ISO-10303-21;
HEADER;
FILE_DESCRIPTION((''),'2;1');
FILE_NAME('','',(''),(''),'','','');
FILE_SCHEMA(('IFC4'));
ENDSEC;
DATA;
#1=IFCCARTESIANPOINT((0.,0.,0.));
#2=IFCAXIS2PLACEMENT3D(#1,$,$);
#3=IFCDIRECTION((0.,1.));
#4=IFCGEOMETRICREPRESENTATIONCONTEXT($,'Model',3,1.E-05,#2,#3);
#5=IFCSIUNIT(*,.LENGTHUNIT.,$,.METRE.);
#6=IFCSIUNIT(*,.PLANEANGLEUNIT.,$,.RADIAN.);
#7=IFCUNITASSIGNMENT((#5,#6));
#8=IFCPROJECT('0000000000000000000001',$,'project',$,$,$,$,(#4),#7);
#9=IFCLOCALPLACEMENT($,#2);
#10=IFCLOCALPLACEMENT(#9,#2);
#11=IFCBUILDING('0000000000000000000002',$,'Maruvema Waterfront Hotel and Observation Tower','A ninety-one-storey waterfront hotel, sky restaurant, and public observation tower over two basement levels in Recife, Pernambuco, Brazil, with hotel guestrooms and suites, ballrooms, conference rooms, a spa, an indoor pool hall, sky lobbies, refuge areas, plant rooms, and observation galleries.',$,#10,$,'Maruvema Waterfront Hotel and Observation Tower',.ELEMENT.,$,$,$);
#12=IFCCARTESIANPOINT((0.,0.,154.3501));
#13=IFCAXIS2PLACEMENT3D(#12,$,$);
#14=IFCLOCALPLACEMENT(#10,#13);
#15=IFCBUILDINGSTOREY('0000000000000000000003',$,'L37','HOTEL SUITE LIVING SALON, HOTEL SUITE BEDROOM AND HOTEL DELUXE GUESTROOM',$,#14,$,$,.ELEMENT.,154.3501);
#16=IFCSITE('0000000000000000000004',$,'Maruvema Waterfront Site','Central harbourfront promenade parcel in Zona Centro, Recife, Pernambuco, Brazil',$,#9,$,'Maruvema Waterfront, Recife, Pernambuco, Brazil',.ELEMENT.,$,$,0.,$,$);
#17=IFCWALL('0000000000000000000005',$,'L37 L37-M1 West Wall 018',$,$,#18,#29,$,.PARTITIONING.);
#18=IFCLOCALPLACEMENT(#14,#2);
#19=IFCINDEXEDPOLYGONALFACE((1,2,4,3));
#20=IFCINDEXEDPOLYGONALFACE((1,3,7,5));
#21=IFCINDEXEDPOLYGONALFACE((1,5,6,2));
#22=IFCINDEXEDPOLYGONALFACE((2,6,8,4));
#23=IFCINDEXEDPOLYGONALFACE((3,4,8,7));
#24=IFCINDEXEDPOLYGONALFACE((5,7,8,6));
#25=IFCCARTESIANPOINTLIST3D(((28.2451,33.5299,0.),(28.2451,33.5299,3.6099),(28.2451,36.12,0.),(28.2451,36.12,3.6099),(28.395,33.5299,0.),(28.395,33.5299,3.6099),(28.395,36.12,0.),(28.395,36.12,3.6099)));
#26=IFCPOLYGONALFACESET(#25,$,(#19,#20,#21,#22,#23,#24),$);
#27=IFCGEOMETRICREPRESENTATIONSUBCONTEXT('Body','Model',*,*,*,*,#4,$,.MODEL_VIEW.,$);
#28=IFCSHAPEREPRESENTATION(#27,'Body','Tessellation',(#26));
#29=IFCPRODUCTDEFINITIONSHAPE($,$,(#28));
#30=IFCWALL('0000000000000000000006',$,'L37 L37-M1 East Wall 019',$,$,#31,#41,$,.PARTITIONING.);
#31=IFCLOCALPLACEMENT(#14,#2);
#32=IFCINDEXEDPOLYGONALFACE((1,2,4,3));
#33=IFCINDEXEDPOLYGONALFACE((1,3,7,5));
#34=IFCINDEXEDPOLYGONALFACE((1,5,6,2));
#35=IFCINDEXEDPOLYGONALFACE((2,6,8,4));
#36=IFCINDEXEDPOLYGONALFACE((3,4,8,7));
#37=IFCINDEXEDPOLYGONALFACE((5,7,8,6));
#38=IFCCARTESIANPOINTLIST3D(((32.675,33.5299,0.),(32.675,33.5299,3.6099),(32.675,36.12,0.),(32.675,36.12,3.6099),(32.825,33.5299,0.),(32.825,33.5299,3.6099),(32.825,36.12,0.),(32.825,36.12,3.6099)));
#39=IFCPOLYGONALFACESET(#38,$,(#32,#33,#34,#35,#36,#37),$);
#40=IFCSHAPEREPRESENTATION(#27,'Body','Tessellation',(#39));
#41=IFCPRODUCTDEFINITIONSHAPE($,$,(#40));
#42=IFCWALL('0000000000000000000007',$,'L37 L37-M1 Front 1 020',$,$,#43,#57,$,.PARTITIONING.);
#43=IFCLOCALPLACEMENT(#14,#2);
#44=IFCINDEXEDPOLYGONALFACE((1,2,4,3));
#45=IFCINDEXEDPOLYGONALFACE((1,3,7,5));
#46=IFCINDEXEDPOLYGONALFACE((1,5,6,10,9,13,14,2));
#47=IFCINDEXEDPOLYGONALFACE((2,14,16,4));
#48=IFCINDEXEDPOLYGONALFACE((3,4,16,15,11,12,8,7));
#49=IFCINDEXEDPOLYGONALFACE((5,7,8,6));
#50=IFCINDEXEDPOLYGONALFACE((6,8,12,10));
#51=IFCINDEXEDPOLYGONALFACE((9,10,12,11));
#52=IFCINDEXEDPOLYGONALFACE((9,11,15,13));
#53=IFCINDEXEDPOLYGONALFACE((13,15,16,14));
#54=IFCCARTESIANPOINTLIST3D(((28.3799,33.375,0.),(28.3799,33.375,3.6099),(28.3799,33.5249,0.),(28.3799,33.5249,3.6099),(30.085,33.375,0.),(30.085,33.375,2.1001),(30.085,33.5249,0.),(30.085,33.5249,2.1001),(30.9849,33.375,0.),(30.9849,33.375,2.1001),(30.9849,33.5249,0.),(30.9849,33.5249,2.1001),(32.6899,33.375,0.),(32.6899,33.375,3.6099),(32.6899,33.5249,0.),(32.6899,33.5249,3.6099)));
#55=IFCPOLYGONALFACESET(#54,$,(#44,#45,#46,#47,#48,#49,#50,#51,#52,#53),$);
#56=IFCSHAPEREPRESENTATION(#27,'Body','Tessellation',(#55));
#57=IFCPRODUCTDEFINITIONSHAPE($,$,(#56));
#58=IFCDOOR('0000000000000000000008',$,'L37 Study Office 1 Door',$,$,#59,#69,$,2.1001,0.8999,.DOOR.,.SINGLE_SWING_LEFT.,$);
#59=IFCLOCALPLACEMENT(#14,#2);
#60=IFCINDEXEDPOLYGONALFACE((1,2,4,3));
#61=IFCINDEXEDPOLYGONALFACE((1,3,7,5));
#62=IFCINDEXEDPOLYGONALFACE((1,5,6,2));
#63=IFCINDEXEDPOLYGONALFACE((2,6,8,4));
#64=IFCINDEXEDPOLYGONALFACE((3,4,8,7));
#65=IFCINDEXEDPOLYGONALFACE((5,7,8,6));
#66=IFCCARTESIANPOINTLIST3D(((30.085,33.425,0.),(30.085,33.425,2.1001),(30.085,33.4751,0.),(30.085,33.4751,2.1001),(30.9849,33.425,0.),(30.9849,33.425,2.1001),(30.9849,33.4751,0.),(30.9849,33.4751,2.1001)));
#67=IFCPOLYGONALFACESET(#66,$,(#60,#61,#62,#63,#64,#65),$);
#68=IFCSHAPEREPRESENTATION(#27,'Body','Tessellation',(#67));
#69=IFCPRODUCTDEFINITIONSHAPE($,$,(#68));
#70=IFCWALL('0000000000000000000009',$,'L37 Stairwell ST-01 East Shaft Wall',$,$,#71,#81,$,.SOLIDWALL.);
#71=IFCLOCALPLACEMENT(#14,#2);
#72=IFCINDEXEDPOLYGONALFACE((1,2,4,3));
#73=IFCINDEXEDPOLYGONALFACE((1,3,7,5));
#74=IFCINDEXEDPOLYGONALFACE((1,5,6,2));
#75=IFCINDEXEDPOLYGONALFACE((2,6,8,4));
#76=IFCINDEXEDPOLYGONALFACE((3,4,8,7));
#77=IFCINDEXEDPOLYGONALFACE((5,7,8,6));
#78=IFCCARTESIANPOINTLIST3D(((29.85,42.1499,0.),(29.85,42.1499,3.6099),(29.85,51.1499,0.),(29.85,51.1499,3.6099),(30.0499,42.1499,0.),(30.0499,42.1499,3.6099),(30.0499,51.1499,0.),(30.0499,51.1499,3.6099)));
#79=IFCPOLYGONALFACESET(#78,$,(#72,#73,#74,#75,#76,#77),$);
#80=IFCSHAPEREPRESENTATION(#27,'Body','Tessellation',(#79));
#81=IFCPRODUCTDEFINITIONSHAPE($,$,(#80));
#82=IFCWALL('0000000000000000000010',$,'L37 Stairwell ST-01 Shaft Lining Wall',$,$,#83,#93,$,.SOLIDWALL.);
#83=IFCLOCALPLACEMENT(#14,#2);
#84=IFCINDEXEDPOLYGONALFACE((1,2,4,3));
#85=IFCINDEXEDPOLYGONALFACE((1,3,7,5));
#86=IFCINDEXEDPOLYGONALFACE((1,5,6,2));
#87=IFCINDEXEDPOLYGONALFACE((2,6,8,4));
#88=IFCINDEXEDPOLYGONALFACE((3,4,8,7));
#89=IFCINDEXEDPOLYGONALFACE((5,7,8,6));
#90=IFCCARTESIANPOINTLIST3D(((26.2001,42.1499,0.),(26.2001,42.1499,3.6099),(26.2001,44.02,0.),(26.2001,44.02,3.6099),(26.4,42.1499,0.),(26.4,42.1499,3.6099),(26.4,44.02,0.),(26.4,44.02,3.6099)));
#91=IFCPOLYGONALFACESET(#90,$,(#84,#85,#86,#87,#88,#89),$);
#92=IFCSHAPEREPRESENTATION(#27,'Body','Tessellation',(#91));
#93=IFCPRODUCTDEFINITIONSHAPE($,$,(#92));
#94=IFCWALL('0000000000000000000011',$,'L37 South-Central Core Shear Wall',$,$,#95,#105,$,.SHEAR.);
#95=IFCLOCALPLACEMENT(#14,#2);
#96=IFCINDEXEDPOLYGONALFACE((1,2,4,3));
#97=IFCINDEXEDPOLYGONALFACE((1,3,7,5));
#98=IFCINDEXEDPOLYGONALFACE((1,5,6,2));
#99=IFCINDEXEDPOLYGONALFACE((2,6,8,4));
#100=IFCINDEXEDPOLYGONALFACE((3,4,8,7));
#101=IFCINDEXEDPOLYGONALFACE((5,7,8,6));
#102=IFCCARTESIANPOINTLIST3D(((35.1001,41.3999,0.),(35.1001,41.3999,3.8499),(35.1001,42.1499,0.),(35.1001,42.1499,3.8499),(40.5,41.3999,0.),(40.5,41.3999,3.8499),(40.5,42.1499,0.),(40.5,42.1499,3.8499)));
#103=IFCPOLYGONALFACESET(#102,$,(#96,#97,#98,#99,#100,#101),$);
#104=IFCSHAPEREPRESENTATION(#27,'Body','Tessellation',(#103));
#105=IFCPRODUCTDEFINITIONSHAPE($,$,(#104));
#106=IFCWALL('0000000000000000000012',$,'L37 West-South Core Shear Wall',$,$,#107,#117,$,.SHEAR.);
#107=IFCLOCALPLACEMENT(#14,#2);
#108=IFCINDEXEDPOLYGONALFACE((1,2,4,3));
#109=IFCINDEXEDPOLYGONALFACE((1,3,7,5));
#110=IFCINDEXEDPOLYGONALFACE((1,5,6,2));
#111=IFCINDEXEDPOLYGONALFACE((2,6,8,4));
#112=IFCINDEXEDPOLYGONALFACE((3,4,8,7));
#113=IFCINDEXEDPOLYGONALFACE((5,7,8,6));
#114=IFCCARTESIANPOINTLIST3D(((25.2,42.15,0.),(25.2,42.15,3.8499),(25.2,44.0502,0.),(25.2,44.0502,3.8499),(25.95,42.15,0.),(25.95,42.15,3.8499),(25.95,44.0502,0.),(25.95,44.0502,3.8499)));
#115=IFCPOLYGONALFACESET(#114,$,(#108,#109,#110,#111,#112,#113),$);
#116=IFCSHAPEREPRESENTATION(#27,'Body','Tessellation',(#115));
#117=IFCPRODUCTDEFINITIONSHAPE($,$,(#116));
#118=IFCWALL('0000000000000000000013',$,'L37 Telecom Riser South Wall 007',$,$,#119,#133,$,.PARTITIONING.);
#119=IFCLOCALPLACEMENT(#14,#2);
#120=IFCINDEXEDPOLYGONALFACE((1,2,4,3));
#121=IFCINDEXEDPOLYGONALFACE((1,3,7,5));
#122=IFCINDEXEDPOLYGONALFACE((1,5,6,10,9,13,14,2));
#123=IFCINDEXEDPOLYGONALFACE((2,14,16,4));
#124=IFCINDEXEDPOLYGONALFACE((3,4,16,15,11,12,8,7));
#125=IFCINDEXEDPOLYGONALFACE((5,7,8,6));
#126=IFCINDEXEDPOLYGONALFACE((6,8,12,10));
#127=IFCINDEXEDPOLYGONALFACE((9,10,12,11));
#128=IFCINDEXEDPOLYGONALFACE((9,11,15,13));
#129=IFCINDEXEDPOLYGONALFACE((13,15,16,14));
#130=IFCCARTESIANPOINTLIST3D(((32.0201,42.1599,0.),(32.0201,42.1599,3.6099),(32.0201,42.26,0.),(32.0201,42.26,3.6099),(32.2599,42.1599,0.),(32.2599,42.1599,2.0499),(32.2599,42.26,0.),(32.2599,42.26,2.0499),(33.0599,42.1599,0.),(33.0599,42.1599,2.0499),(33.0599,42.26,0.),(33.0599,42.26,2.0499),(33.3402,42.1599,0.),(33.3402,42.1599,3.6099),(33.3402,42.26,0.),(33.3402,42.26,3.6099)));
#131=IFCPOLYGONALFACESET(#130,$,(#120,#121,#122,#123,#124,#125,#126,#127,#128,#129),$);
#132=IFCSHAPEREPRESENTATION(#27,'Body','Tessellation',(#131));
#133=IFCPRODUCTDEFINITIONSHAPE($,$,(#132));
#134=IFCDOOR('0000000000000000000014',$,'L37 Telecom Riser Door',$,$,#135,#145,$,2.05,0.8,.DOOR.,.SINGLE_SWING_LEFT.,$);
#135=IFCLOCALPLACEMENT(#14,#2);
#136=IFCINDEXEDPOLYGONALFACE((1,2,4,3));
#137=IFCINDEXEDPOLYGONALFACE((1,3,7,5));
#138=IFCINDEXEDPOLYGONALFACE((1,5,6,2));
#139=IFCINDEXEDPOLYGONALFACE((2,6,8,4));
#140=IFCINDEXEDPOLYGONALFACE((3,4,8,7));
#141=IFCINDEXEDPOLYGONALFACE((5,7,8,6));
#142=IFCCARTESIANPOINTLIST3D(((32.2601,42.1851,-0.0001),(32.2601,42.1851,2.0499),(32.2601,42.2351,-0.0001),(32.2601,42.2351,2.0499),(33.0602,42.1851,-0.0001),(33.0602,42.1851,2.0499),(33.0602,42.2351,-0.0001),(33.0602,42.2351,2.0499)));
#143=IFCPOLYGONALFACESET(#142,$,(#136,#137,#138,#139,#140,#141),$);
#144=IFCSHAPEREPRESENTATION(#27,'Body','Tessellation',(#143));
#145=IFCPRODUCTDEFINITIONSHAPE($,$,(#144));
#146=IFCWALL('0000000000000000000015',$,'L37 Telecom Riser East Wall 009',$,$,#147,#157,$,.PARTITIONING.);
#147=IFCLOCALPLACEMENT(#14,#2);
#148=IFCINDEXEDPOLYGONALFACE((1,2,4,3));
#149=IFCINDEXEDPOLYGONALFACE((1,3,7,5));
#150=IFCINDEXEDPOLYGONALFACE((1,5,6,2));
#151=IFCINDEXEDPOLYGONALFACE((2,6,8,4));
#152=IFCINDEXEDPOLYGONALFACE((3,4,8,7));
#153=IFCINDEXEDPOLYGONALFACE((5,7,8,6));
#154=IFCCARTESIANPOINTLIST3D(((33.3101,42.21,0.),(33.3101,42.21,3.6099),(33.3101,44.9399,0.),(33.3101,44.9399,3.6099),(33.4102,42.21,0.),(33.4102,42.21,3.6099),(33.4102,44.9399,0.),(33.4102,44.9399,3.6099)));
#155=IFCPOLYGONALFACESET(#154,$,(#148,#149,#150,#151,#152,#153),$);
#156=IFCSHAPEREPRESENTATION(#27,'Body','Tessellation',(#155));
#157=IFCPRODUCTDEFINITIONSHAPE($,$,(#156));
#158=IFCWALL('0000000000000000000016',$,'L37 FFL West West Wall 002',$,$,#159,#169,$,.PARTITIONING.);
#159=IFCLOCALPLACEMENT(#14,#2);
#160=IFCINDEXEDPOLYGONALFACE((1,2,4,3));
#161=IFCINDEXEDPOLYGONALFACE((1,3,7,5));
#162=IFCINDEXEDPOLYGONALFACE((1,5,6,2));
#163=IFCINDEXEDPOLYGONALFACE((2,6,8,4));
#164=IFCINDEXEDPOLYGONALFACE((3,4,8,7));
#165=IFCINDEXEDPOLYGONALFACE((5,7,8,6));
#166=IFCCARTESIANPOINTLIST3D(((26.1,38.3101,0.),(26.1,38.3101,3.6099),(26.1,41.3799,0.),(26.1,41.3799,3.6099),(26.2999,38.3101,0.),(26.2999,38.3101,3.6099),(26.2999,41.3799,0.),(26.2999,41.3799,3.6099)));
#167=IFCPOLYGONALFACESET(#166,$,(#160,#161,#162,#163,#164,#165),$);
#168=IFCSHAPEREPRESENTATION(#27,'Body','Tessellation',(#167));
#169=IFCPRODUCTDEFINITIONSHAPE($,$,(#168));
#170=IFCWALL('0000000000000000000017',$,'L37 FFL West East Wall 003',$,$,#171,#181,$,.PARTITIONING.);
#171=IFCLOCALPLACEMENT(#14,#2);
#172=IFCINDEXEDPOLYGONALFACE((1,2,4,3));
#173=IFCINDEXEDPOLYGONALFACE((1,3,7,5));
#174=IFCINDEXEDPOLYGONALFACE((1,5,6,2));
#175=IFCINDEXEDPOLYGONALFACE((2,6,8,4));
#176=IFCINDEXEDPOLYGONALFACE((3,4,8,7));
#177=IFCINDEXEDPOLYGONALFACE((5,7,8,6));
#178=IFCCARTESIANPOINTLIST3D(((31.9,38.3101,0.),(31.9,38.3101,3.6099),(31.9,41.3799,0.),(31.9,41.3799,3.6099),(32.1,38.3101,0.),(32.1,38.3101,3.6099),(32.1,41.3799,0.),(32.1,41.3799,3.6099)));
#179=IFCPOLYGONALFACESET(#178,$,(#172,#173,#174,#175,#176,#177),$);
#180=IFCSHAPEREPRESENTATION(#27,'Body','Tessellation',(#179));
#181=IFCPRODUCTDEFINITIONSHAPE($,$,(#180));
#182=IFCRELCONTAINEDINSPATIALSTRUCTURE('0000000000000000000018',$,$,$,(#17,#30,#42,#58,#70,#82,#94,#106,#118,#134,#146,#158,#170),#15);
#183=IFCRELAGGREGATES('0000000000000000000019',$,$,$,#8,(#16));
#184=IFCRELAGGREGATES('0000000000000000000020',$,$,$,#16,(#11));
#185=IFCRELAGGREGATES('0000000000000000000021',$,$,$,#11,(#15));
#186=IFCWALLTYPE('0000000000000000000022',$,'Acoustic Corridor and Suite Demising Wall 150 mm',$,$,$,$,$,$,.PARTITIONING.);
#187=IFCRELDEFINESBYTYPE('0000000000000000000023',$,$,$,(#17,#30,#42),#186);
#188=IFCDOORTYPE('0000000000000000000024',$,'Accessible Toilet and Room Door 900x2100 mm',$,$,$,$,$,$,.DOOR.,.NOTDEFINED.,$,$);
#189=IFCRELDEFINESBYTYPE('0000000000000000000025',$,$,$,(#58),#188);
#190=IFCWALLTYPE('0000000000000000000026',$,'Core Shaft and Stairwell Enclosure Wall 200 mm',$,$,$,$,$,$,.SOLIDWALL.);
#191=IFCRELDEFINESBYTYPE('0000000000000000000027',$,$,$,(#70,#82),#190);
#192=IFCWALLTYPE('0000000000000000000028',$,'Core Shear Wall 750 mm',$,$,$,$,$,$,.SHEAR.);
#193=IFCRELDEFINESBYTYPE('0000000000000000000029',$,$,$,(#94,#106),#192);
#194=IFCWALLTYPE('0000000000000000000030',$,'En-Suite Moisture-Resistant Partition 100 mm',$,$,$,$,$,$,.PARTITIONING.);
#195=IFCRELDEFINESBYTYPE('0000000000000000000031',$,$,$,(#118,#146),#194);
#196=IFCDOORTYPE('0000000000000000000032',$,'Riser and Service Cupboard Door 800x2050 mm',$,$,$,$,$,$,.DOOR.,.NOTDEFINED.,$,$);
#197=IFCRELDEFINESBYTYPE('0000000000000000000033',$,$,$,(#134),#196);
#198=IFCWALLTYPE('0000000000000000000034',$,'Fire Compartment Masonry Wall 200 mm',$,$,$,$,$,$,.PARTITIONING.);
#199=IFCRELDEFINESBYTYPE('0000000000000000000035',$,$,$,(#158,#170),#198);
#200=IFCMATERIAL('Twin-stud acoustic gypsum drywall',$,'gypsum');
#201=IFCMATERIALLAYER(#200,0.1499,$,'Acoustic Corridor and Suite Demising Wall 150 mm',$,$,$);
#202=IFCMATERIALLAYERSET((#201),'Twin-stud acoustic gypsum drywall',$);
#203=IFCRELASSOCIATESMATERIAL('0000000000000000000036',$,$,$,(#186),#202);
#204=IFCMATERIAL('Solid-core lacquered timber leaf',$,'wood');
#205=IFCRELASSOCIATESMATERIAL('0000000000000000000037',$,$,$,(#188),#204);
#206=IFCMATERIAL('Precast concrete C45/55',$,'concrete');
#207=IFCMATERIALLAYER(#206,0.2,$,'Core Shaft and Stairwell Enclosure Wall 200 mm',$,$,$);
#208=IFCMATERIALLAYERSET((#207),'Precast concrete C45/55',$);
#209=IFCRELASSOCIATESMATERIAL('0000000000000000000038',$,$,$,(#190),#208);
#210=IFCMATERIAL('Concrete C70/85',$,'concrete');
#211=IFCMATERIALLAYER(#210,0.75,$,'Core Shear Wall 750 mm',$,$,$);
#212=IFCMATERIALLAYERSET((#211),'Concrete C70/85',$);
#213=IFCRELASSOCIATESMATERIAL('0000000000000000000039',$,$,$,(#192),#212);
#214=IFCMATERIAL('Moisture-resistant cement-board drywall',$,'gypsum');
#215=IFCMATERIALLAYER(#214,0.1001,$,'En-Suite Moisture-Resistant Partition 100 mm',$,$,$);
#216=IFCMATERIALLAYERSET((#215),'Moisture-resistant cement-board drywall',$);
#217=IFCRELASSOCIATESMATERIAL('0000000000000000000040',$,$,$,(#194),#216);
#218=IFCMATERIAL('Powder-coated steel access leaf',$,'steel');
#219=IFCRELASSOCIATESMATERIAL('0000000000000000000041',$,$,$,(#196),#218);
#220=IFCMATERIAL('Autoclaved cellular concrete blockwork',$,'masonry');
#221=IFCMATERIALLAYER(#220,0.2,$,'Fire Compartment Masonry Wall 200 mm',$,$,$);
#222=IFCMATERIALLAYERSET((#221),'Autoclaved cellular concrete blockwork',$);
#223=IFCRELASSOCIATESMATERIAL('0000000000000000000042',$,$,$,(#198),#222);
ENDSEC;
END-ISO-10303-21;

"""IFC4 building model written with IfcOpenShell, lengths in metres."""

from ifc_helpers import new_model, si_unit, direction, frame, frame_2d, origin, place, context, subcontext, project, spatial, rectangle, extrude, material, layer, layer_set, type_object, element, fill, save


model = new_model("IFC4")

# Units and contexts
model_context = context("Model", 3, precision=1e-05, world=origin(), true_north=direction((0.0, 1.0)))
body_context = subcontext(model_context, "Body", "Model", "MODEL_VIEW")
ifc_project = project(units=[si_unit("LENGTHUNIT", "METRE"), si_unit("PLANEANGLEUNIT", "RADIAN")], contexts=[model_context])

# Site, building, storey
site_placement = place(None, origin())
site = spatial("IfcSite", under=ifc_project, at=site_placement, Name="Maruvema Waterfront Site", Description="Central harbourfront promenade parcel in Zona Centro, Recife, Pernambuco, Brazil", LongName="Maruvema Waterfront, Recife, Pernambuco, Brazil", CompositionType="ELEMENT", RefElevation=0.0)
building_placement = place(site_placement, origin())
building = spatial("IfcBuilding", under=site, at=building_placement, Name="Maruvema Waterfront Hotel and Observation Tower", Description="A ninety-one-storey waterfront hotel, sky restaurant, and public observation tower over two basement levels in Recife, Pernambuco, Brazil, with hotel guestrooms and suites, ballrooms, conference rooms, a spa, an indoor pool hall, sky lobbies, refuge areas, plant rooms, and observation galleries.", LongName="Maruvema Waterfront Hotel and Observation Tower", CompositionType="ELEMENT")
storey_placement = place(building_placement, frame((0.0, 0.0, 154.3501)))
storey = spatial("IfcBuildingStorey", under=building, at=storey_placement, Name="L37", Description="HOTEL SUITE LIVING SALON, HOTEL SUITE BEDROOM AND HOTEL DELUXE GUESTROOM", CompositionType="ELEMENT", Elevation=154.3501)

# Walls
ifc_material_1 = material(Name="Twin-stud acoustic gypsum drywall", Category="gypsum")
ifc_layer_1 = layer(ifc_material_1, 0.1499, Name="Acoustic Corridor and Suite Demising Wall 150 mm")
ifc_layer_set_1 = layer_set([ifc_layer_1], Name="Twin-stud acoustic gypsum drywall")
wall_type_1 = type_object("IfcWallType", Name="Acoustic Corridor and Suite Demising Wall 150 mm", PredefinedType="PARTITIONING", material=ifc_layer_set_1)
for number, where, z_axis, x_axis, name in (
    (1, (28.3201, 33.53, 0.0), (0.0, 0.0, 1.0), (0.0, 1.0, 0.0), "L37 L37-M1 West Wall 018"),
    (2, (32.75, 33.53, 0.0), (0.0, 0.0, 1.0), (0.0, 1.0, 0.0), "L37 L37-M1 East Wall 019"),
):
    element("IfcWall", number, at=place(storey_placement, frame(where, z_axis=z_axis, x_axis=x_axis)), inside=storey, type_object=wall_type_1, Name=name, PredefinedType="PARTITIONING", context=body_context, shape_type="SweptSolid", body=[
        extrude(rectangle(XDim=2.5901, YDim=0.1499, at=frame_2d((1.2949, 0.0))), origin(), (0.0, 0.0, 1.0), 3.6099),
    ])

# Wall, opening, door
wall_1_placement = place(storey_placement, frame((28.3799, 33.45, 0.0), z_axis=(0.0, 0.0, 1.0), x_axis=(1.0, 0.0, 0.0)))
wall_1 = element("IfcWall", 3, at=wall_1_placement, inside=storey, type_object=wall_type_1, Name="L37 L37-M1 Front 1 020", PredefinedType="PARTITIONING", context=body_context, shape_type="SweptSolid", body=[
    extrude(rectangle(XDim=4.3101, YDim=0.1499, at=frame_2d((2.155, 0.0))), origin(), (0.0, 0.0, 1.0), 3.6099),
])
opening_1_placement = place(wall_1_placement, frame((1.7051, 0.0, 0.0)))
opening_1 = element("IfcOpeningElement", 4, at=opening_1_placement, cuts=wall_1, PredefinedType="OPENING", context=body_context, shape_type="SweptSolid", body=[
    extrude(rectangle(XDim=0.8999, YDim=2.1001, at=frame_2d((0.45, 1.05))), frame((0.0, 0.085, 0.0), z_axis=(0.0, -1.0, 0.0), x_axis=(1.0, 0.0, 0.0)), (0.0, 0.0, 1.0), 0.1699),
])
ifc_material_2 = material(Name="Solid-core lacquered timber leaf", Category="wood")
door_type_1 = type_object("IfcDoorType", Name="Accessible Toilet and Room Door 900x2100 mm", OperationType="NOTDEFINED", PredefinedType="DOOR", material=ifc_material_2)
door_1_placement = place(opening_1_placement, frame((0.8999, 0.0, 0.0), z_axis=(0.0, 0.0, 1.0), x_axis=(-1.0, 0.0, 0.0)))
door_1 = element("IfcDoor", 5, at=door_1_placement, inside=storey, type_object=door_type_1, Name="L37 Study Office 1 Door", OperationType="SINGLE_SWING_LEFT", OverallHeight=2.1001, OverallWidth=0.8999, PredefinedType="DOOR", context=body_context, shape_type="SweptSolid", body=[
    extrude(rectangle(XDim=0.8999, YDim=2.1001, at=frame_2d((0.45, 1.05))), frame((0.0, 0.0249, 0.0), z_axis=(0.0, -1.0, 0.0), x_axis=(1.0, 0.0, 0.0)), (0.0, 0.0, 1.0), 0.05),
])
fill(opening_1, door_1)

# Walls
ifc_material_3 = material(Name="Precast concrete C45/55", Category="concrete")
ifc_layer_2 = layer(ifc_material_3, 0.2, Name="Core Shaft and Stairwell Enclosure Wall 200 mm")
ifc_layer_set_2 = layer_set([ifc_layer_2], Name="Precast concrete C45/55")
wall_type_2 = type_object("IfcWallType", Name="Core Shaft and Stairwell Enclosure Wall 200 mm", PredefinedType="SOLIDWALL", material=ifc_layer_set_2)
wall_2_placement = place(storey_placement, frame((29.95, 42.1499, 0.0), z_axis=(0.0, 0.0, 1.0), x_axis=(0.0, 1.0, 0.0)))
element("IfcWall", 6, at=wall_2_placement, inside=storey, type_object=wall_type_2, Name="L37 Stairwell ST-01 East Shaft Wall", PredefinedType="SOLIDWALL", context=body_context, shape_type="SweptSolid", body=[
    extrude(rectangle(XDim=9.0, YDim=0.2, at=frame_2d((4.5, 0.0))), origin(), (0.0, 0.0, 1.0), 3.6099),
])
wall_3_placement = place(storey_placement, frame((26.3, 42.1499, 0.0), z_axis=(0.0, 0.0, 1.0), x_axis=(0.0, 1.0, 0.0)))
element("IfcWall", 7, at=wall_3_placement, inside=storey, type_object=wall_type_2, Name="L37 Stairwell ST-01 Shaft Lining Wall", PredefinedType="SOLIDWALL", context=body_context, shape_type="SweptSolid", body=[
    extrude(rectangle(XDim=1.8701, YDim=0.2, at=frame_2d((0.9351, 0.0))), origin(), (0.0, 0.0, 1.0), 3.6099),
])

# Shared definitions
ifc_material_4 = material(Name="Concrete C70/85", Category="concrete")
ifc_layer_3 = layer(ifc_material_4, 0.75, Name="Core Shear Wall 750 mm")
ifc_layer_set_3 = layer_set([ifc_layer_3], Name="Concrete C70/85")
wall_type_3 = type_object("IfcWallType", Name="Core Shear Wall 750 mm", PredefinedType="SHEAR", material=ifc_layer_set_3)

# Walls
wall_4_placement = place(storey_placement, frame((35.1001, 41.7749, 0.0), z_axis=(0.0, 0.0, 1.0), x_axis=(1.0, 0.0, 0.0)))
element("IfcWall", 8, at=wall_4_placement, inside=storey, type_object=wall_type_3, Name="L37 South-Central Core Shear Wall", PredefinedType="SHEAR", context=body_context, shape_type="SweptSolid", body=[
    extrude(rectangle(XDim=5.3999, YDim=0.75, at=frame_2d((2.7, 0.0))), origin(), (0.0, 0.0, 1.0), 3.8499),
])
wall_5_placement = place(storey_placement, frame((25.575, 42.1499, 0.0), z_axis=(0.0, 0.0, 1.0), x_axis=(0.0, 1.0, 0.0)))
element("IfcWall", 9, at=wall_5_placement, inside=storey, type_object=wall_type_3, Name="L37 West-South Core Shear Wall", PredefinedType="SHEAR", context=body_context, shape_type="SweptSolid", body=[
    extrude(rectangle(XDim=1.9001, YDim=0.75, at=frame_2d((0.9502, 0.0))), origin(), (0.0, 0.0, 1.0), 3.8499),
])

# Wall, opening, door
ifc_material_5 = material(Name="Moisture-resistant cement-board drywall", Category="gypsum")
ifc_layer_4 = layer(ifc_material_5, 0.1001, Name="En-Suite Moisture-Resistant Partition 100 mm")
ifc_layer_set_4 = layer_set([ifc_layer_4], Name="Moisture-resistant cement-board drywall")
wall_type_4 = type_object("IfcWallType", Name="En-Suite Moisture-Resistant Partition 100 mm", PredefinedType="PARTITIONING", material=ifc_layer_set_4)
wall_6_placement = place(storey_placement, frame((32.02, 42.21, 0.0), z_axis=(0.0, 0.0, 1.0), x_axis=(1.0, 0.0, 0.0)))
wall_6 = element("IfcWall", 10, at=wall_6_placement, inside=storey, type_object=wall_type_4, Name="L37 Telecom Riser South Wall 007", PredefinedType="PARTITIONING", context=body_context, shape_type="SweptSolid", body=[
    extrude(rectangle(XDim=1.3201, YDim=0.1001, at=frame_2d((0.6602, 0.0))), origin(), (0.0, 0.0, 1.0), 3.6099),
])
opening_2_placement = place(wall_6_placement, frame((0.24, 0.0, 0.0)))
opening_2 = element("IfcOpeningElement", 11, at=opening_2_placement, cuts=wall_6, PredefinedType="OPENING", context=body_context, shape_type="SweptSolid", body=[
    extrude(rectangle(XDim=0.8, YDim=2.05, at=frame_2d((0.3999, 1.0249))), frame((0.0, 0.0601, 0.0), z_axis=(0.0, -1.0, 0.0), x_axis=(1.0, 0.0, 0.0)), (0.0, 0.0, 1.0), 0.1201),
])
ifc_material_6 = material(Name="Powder-coated steel access leaf", Category="steel")
door_type_2 = type_object("IfcDoorType", Name="Riser and Service Cupboard Door 800x2050 mm", OperationType="NOTDEFINED", PredefinedType="DOOR", material=ifc_material_6)
door_2_placement = place(opening_2_placement, frame((0.8, 0.0, 0.0), z_axis=(0.0, 0.0, 1.0), x_axis=(-1.0, 0.0, 0.0)))
door_2 = element("IfcDoor", 12, at=door_2_placement, inside=storey, type_object=door_type_2, Name="L37 Telecom Riser Door", OperationType="SINGLE_SWING_LEFT", OverallHeight=2.05, OverallWidth=0.8, PredefinedType="DOOR", context=body_context, shape_type="SweptSolid", body=[
    extrude(rectangle(XDim=0.8, YDim=2.05, at=frame_2d((0.3999, 1.0249))), frame((0.0, 0.0249, 0.0), z_axis=(0.0, -1.0, 0.0), x_axis=(1.0, 0.0, 0.0)), (0.0, 0.0, 1.0), 0.05),
])
fill(opening_2, door_2)

# Wall
wall_7_placement = place(storey_placement, frame((33.3601, 42.21, 0.0), z_axis=(0.0, 0.0, 1.0), x_axis=(0.0, 1.0, 0.0)))
element("IfcWall", 13, at=wall_7_placement, inside=storey, type_object=wall_type_4, Name="L37 Telecom Riser East Wall 009", PredefinedType="PARTITIONING", context=body_context, shape_type="SweptSolid", body=[
    extrude(rectangle(XDim=2.73, YDim=0.1001, at=frame_2d((1.365, 0.0))), origin(), (0.0, 0.0, 1.0), 3.6099),
])

# Shared definitions
ifc_material_7 = material(Name="Autoclaved cellular concrete blockwork", Category="masonry")
ifc_layer_5 = layer(ifc_material_7, 0.2, Name="Fire Compartment Masonry Wall 200 mm")
ifc_layer_set_5 = layer_set([ifc_layer_5], Name="Autoclaved cellular concrete blockwork")
wall_type_5 = type_object("IfcWallType", Name="Fire Compartment Masonry Wall 200 mm", PredefinedType="PARTITIONING", material=ifc_layer_set_5)

# Walls
for number, where, z_axis, x_axis, name in (
    (14, (26.2, 38.3101, 0.0), (0.0, 0.0, 1.0), (0.0, 1.0, 0.0), "L37 FFL West West Wall 002"),
    (15, (32.0, 38.3101, 0.0), (0.0, 0.0, 1.0), (0.0, 1.0, 0.0), "L37 FFL West East Wall 003"),
):
    element("IfcWall", number, at=place(storey_placement, frame(where, z_axis=z_axis, x_axis=x_axis)), inside=storey, type_object=wall_type_5, Name=name, PredefinedType="PARTITIONING", context=body_context, shape_type="SweptSolid", body=[
        extrude(rectangle(XDim=3.0698, YDim=0.2, at=frame_2d((1.5349, 0.0))), origin(), (0.0, 0.0, 1.0), 3.6099),
    ])

save(model, "model.ifc")
